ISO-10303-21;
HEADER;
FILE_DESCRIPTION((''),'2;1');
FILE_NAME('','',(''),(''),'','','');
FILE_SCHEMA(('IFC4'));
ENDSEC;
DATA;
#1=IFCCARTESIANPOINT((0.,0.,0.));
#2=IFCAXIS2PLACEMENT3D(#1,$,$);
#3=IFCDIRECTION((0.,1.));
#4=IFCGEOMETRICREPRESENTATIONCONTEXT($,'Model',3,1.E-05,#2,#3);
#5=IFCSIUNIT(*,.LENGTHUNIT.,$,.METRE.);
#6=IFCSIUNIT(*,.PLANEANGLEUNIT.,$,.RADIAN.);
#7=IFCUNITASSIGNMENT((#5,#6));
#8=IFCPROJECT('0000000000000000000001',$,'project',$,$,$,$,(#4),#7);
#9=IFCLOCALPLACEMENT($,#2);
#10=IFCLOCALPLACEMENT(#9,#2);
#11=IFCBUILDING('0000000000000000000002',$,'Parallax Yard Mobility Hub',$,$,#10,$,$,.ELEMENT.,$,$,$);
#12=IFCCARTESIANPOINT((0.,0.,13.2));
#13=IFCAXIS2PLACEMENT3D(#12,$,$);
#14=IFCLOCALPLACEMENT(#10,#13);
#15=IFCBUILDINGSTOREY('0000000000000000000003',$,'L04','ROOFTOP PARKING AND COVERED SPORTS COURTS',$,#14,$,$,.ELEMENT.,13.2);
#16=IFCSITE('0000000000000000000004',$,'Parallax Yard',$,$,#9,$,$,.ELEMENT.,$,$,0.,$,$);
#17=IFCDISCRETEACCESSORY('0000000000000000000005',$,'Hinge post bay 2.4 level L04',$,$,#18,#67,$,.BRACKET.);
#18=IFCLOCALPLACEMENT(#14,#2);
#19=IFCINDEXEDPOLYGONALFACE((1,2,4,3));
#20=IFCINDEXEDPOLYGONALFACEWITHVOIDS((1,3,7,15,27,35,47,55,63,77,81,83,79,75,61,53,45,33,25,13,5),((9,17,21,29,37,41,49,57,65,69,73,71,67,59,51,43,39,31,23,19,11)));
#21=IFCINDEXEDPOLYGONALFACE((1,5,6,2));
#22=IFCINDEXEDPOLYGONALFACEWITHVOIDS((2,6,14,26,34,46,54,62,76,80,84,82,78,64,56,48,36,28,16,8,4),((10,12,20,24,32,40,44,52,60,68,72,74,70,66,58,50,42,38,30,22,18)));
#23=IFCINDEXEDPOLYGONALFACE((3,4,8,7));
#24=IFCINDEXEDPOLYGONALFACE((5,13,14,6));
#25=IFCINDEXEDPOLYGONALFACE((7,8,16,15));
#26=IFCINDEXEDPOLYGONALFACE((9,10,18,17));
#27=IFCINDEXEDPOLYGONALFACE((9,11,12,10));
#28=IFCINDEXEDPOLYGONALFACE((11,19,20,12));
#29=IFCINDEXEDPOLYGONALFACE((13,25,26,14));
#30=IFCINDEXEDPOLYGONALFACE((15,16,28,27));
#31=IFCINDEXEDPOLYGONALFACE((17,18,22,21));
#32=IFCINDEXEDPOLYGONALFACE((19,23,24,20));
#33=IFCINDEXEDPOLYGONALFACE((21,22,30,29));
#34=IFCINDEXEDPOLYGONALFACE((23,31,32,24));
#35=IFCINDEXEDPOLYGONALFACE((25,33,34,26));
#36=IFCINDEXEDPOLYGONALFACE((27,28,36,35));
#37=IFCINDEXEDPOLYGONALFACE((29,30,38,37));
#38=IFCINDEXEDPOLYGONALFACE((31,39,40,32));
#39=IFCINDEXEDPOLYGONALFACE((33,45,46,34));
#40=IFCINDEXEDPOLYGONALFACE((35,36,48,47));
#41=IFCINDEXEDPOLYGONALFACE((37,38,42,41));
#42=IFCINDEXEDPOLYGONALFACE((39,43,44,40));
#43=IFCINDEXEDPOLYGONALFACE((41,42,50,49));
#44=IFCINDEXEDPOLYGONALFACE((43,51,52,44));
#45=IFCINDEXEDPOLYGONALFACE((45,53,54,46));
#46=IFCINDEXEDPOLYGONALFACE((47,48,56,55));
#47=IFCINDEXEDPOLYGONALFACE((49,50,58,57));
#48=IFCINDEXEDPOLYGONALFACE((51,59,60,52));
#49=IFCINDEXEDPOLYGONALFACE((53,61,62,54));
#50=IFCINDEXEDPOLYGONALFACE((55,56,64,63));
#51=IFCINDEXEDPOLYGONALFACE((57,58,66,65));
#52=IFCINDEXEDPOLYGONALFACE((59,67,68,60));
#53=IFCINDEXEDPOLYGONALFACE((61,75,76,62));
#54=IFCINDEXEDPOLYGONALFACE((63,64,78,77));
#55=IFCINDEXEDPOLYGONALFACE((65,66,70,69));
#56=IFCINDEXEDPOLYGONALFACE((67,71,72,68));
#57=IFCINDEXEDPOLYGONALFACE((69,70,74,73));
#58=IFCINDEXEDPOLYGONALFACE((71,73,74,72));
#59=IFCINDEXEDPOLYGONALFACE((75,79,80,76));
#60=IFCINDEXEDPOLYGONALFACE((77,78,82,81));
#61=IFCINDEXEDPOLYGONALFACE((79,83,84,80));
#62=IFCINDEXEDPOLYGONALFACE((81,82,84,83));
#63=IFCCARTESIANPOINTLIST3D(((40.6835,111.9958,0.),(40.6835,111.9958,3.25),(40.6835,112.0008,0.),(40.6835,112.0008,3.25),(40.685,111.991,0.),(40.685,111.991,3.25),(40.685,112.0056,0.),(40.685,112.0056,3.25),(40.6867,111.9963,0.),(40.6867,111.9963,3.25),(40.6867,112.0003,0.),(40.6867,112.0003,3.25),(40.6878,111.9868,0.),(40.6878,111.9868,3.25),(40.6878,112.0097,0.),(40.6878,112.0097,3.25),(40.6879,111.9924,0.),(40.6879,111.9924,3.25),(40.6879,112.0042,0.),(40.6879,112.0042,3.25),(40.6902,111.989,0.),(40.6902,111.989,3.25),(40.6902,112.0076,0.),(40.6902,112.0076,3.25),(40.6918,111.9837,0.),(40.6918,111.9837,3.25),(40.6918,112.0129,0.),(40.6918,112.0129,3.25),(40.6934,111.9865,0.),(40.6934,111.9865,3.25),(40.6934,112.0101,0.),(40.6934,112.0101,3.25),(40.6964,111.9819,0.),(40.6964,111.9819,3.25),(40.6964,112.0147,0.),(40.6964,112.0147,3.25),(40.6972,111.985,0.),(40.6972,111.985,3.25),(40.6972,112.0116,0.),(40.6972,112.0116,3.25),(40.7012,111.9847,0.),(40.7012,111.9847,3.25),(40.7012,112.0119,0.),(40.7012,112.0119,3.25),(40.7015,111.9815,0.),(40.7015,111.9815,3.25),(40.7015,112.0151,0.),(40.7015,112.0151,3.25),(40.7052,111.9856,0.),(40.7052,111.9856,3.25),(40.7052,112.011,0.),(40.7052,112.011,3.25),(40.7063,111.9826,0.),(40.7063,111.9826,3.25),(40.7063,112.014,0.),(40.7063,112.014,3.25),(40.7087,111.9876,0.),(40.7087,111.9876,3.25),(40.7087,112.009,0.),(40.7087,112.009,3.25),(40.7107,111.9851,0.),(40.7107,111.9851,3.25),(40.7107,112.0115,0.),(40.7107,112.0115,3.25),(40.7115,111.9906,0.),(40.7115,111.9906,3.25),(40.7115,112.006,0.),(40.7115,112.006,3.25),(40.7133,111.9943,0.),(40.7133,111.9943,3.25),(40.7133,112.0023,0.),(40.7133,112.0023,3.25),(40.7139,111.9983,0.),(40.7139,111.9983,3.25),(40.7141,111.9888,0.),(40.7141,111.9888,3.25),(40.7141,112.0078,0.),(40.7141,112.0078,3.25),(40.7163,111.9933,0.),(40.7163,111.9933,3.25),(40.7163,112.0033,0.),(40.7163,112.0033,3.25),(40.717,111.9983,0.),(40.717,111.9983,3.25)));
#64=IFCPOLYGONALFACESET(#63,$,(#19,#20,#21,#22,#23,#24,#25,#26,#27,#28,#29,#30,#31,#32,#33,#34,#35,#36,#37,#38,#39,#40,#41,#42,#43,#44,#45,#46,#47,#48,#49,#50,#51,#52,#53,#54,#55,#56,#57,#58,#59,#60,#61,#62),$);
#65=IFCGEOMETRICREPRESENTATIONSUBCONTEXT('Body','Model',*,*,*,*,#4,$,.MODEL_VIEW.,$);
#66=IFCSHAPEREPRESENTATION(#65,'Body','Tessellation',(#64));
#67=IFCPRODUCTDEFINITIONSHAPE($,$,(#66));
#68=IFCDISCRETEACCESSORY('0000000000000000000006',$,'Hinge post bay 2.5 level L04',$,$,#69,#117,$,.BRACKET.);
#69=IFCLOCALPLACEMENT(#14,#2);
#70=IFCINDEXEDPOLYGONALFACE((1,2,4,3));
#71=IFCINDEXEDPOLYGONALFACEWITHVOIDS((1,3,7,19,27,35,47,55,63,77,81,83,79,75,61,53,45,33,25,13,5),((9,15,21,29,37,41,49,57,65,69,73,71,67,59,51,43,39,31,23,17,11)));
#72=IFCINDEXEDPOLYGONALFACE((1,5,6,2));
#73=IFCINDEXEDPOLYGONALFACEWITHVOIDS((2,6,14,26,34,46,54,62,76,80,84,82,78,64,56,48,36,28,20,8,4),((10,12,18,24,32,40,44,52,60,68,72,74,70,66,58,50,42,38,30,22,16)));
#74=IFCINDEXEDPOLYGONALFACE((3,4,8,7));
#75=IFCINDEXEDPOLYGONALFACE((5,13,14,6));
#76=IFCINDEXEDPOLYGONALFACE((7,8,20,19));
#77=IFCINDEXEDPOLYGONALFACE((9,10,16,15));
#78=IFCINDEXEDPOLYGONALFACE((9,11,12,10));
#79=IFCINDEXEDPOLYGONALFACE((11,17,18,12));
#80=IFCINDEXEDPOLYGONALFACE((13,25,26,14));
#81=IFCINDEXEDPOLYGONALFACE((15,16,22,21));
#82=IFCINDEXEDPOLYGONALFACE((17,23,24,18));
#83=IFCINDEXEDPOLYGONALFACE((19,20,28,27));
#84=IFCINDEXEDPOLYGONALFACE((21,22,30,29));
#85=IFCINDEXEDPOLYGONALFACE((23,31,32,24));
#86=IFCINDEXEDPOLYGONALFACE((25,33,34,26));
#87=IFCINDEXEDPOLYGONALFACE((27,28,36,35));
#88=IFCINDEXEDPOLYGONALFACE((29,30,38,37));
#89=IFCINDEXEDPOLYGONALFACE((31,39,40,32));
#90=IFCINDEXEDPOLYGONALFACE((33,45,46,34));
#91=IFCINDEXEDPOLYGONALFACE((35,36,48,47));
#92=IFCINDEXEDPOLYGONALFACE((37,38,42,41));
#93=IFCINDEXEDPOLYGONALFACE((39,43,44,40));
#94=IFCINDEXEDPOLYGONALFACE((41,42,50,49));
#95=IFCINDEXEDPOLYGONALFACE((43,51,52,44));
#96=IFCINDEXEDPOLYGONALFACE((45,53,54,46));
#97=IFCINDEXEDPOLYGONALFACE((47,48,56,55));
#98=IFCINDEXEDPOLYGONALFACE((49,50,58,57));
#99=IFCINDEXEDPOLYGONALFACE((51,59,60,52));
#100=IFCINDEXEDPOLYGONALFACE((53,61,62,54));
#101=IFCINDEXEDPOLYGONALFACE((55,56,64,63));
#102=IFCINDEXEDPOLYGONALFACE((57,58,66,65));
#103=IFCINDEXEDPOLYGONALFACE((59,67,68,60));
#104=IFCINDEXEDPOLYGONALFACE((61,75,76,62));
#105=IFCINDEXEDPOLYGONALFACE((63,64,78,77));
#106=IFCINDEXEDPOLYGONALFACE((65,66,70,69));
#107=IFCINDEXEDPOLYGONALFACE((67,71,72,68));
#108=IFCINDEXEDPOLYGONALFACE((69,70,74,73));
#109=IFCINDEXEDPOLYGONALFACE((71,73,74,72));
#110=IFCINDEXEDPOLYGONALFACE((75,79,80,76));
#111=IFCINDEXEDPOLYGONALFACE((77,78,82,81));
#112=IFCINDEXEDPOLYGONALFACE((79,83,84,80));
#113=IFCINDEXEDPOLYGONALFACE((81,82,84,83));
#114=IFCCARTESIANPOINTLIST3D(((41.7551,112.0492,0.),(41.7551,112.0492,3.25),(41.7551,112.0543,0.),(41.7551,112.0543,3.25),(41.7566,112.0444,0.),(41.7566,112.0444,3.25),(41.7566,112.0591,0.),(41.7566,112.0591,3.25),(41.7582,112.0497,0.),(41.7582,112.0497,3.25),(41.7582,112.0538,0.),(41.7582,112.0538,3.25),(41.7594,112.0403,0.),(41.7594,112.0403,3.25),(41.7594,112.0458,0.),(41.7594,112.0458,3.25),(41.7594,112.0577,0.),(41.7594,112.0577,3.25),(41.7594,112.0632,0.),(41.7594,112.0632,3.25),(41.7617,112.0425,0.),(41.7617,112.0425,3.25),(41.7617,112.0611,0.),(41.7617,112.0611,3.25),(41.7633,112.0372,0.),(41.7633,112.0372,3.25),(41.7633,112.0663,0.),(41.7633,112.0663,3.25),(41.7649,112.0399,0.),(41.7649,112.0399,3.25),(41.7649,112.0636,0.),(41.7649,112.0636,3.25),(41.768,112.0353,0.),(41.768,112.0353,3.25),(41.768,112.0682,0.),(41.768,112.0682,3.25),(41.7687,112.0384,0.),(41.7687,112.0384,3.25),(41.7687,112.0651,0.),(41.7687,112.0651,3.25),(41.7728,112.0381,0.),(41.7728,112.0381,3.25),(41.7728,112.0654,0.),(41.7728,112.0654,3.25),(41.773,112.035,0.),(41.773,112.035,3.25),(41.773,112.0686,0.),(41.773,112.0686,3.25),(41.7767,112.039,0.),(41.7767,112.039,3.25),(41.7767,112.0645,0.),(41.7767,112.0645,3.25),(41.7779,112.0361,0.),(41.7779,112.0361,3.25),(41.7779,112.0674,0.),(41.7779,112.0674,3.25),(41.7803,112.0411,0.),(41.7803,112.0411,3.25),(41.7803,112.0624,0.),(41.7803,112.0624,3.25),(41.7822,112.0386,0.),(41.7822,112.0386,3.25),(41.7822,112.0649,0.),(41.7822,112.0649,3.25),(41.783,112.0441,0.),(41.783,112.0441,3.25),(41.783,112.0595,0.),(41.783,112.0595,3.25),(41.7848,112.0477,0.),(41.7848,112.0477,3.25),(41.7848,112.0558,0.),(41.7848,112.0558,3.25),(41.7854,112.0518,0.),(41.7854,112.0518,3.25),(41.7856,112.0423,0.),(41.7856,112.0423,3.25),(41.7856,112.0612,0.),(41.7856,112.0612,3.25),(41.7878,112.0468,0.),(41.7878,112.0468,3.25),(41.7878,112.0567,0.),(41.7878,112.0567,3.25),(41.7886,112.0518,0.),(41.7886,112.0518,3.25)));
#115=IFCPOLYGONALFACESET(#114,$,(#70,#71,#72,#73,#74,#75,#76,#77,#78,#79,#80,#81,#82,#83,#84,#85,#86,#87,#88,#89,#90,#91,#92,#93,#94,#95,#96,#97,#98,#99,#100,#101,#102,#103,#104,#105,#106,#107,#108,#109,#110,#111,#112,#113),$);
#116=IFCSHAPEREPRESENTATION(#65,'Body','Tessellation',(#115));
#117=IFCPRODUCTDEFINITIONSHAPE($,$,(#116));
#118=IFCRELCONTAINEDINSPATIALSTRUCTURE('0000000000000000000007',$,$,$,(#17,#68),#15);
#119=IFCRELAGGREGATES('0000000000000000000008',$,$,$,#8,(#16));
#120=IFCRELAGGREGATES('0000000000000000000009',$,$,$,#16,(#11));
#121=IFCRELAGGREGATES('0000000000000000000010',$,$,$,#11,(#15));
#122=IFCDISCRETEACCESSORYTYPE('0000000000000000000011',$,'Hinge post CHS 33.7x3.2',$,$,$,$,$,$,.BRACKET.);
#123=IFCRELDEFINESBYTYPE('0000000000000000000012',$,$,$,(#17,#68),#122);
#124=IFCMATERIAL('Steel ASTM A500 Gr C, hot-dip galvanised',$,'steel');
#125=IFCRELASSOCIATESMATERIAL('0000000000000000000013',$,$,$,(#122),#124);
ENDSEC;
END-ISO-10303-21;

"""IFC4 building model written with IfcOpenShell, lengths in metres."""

from ifc_helpers import new_model, si_unit, direction, frame, origin, origin_2d, place, context, subcontext, project, spatial, hollow_circle, extrude, material, material_profile, profile_set, type_object, element, save


model = new_model("IFC4")

# Units and contexts
model_context = context("Model", 3, precision=1e-05, world=origin(), true_north=direction((0.0, 1.0)))
body_context = subcontext(model_context, "Body", "Model", "MODEL_VIEW")
ifc_project = project(units=[si_unit("LENGTHUNIT", "METRE"), si_unit("PLANEANGLEUNIT", "RADIAN")], contexts=[model_context])

# Site, building, storey
site_placement = place(None, origin())
site = spatial("IfcSite", under=ifc_project, at=site_placement, Name="Parallax Yard", CompositionType="ELEMENT", RefElevation=0.0)
building_placement = place(site_placement, origin())
building = spatial("IfcBuilding", under=site, at=building_placement, Name="Parallax Yard Mobility Hub", CompositionType="ELEMENT")
storey_placement = place(building_placement, frame((0.0, 0.0, 13.2)))
storey = spatial("IfcBuildingStorey", under=building, at=storey_placement, Name="L04", Description="ROOFTOP PARKING AND COVERED SPORTS COURTS", CompositionType="ELEMENT", Elevation=13.2)

# Discrete accessories
ifc_material_1 = material(Name="Steel ASTM A500 Gr C, hot-dip galvanised", Category="steel")
ifc_material_profile_1 = material_profile(ifc_material_1, hollow_circle(Radius=0.0168, WallThickness=0.0032, at=origin_2d()), Name="CHS 33.7x3.2")
ifc_profile_set_1 = profile_set([ifc_material_profile_1], Name="Steel ASTM A500 Gr C, hot-dip galvanised")
discrete_accessory_type_1 = type_object("IfcDiscreteAccessoryType", Name="Hinge post CHS 33.7x3.2", PredefinedType="BRACKET", material=ifc_profile_set_1)
for number, where, z_axis, x_axis, name in (
    (1, (40.7002, 111.9983, 0.0), (0.0, 0.0, 1.0), (1.0, 0.0, 0.0), "Hinge post bay 2.4 level L04"),
    (2, (41.7717, 112.0518, 0.0), (0.0, 0.0, 1.0), (1.0, 0.0, 0.0), "Hinge post bay 2.5 level L04"),
):
    element("IfcDiscreteAccessory", number, at=place(storey_placement, frame(where, z_axis=z_axis, x_axis=x_axis)), inside=storey, type_object=discrete_accessory_type_1, Name=name, PredefinedType="BRACKET", context=body_context, shape_type="SweptSolid", body=[
        extrude(hollow_circle(Radius=0.0168, WallThickness=0.0032, at=origin_2d()), origin(), (0.0, 0.0, 1.0), 3.25),
    ])

save(model, "model.ifc")
